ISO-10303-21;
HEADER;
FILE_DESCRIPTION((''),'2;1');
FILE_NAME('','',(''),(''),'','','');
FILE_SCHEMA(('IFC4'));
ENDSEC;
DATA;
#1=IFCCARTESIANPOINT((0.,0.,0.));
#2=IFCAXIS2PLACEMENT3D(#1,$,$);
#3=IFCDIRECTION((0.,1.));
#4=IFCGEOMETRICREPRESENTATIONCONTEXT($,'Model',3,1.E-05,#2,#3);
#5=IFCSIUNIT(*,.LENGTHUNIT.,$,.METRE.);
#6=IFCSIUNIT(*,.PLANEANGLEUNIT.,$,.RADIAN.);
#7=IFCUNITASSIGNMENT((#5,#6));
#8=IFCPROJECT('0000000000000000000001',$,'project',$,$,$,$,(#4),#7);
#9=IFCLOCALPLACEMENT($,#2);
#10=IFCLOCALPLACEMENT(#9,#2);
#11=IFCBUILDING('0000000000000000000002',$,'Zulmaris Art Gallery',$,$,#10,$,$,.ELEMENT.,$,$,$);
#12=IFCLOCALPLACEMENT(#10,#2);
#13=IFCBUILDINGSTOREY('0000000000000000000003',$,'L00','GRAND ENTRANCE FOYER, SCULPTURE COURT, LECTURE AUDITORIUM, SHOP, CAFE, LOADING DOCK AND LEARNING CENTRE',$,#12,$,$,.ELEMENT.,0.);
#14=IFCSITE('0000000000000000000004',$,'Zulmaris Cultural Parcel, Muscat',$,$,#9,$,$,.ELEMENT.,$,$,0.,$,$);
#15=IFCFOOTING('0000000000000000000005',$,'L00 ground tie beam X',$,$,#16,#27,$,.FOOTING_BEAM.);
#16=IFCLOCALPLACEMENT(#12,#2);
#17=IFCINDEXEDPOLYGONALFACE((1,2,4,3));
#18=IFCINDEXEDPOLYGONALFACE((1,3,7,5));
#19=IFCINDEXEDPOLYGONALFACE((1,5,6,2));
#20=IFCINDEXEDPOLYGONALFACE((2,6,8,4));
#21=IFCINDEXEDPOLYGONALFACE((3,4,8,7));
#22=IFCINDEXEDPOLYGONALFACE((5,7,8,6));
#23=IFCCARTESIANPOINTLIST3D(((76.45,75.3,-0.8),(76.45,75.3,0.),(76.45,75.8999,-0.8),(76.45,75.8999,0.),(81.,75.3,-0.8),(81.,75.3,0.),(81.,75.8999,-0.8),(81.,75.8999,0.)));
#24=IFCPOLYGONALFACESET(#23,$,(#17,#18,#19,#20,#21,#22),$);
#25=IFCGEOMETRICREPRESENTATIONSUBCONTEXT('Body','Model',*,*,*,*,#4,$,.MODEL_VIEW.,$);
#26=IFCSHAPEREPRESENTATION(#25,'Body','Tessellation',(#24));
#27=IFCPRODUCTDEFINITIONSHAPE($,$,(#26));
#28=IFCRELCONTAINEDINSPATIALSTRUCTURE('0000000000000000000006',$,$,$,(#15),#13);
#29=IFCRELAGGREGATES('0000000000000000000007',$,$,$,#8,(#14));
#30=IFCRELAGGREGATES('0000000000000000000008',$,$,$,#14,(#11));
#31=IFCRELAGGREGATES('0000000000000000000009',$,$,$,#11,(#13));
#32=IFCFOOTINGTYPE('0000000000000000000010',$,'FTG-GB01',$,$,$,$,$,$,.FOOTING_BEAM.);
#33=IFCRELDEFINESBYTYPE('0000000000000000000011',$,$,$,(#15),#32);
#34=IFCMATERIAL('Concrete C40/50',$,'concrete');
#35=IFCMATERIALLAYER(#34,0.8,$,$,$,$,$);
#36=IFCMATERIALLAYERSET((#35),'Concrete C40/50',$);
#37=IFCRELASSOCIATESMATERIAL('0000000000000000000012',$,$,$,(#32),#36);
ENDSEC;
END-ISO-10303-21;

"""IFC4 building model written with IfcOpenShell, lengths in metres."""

from ifc_helpers import new_model, si_unit, direction, frame, origin, place, context, subcontext, project, spatial, polyline, outline, extrude, material, layer, layer_set, type_object, element, save


model = new_model("IFC4")

# Units and contexts
model_context = context("Model", 3, precision=1e-05, world=origin(), true_north=direction((0.0, 1.0)))
body_context = subcontext(model_context, "Body", "Model", "MODEL_VIEW")
ifc_project = project(units=[si_unit("LENGTHUNIT", "METRE"), si_unit("PLANEANGLEUNIT", "RADIAN")], contexts=[model_context])

# Site, building, storey
site_placement = place(None, origin())
site = spatial("IfcSite", under=ifc_project, at=site_placement, Name="Zulmaris Cultural Parcel, Muscat", CompositionType="ELEMENT", RefElevation=0.0)
building_placement = place(site_placement, origin())
building = spatial("IfcBuilding", under=site, at=building_placement, Name="Zulmaris Art Gallery", CompositionType="ELEMENT")
storey_placement = place(building_placement, origin())
storey = spatial("IfcBuildingStorey", under=building, at=storey_placement, Name="L00", Description="GRAND ENTRANCE FOYER, SCULPTURE COURT, LECTURE AUDITORIUM, SHOP, CAFE, LOADING DOCK AND LEARNING CENTRE", CompositionType="ELEMENT", Elevation=0.0)

# Footing
ifc_material = material(Name="Concrete C40/50", Category="concrete")
ifc_layer = layer(ifc_material, 0.8)
ifc_layer_set = layer_set([ifc_layer], Name="Concrete C40/50")
footing_type = type_object("IfcFootingType", Name="FTG-GB01", PredefinedType="FOOTING_BEAM", material=ifc_layer_set)
footing_1_placement = place(storey_placement, frame((0.0, 0.0, -0.8)))
element("IfcFooting", 1, at=footing_1_placement, inside=storey, type_object=footing_type, Name="L00 ground tie beam X", PredefinedType="FOOTING_BEAM", context=body_context, shape_type="SweptSolid", body=[
    extrude(outline(polyline([(76.45, 75.3), (81.0, 75.3), (81.0, 75.8999), (76.45, 75.8999), (76.45, 75.3)])), origin(), (0.0, 0.0, 1.0), 0.8),
])

save(model, "model.ifc")
